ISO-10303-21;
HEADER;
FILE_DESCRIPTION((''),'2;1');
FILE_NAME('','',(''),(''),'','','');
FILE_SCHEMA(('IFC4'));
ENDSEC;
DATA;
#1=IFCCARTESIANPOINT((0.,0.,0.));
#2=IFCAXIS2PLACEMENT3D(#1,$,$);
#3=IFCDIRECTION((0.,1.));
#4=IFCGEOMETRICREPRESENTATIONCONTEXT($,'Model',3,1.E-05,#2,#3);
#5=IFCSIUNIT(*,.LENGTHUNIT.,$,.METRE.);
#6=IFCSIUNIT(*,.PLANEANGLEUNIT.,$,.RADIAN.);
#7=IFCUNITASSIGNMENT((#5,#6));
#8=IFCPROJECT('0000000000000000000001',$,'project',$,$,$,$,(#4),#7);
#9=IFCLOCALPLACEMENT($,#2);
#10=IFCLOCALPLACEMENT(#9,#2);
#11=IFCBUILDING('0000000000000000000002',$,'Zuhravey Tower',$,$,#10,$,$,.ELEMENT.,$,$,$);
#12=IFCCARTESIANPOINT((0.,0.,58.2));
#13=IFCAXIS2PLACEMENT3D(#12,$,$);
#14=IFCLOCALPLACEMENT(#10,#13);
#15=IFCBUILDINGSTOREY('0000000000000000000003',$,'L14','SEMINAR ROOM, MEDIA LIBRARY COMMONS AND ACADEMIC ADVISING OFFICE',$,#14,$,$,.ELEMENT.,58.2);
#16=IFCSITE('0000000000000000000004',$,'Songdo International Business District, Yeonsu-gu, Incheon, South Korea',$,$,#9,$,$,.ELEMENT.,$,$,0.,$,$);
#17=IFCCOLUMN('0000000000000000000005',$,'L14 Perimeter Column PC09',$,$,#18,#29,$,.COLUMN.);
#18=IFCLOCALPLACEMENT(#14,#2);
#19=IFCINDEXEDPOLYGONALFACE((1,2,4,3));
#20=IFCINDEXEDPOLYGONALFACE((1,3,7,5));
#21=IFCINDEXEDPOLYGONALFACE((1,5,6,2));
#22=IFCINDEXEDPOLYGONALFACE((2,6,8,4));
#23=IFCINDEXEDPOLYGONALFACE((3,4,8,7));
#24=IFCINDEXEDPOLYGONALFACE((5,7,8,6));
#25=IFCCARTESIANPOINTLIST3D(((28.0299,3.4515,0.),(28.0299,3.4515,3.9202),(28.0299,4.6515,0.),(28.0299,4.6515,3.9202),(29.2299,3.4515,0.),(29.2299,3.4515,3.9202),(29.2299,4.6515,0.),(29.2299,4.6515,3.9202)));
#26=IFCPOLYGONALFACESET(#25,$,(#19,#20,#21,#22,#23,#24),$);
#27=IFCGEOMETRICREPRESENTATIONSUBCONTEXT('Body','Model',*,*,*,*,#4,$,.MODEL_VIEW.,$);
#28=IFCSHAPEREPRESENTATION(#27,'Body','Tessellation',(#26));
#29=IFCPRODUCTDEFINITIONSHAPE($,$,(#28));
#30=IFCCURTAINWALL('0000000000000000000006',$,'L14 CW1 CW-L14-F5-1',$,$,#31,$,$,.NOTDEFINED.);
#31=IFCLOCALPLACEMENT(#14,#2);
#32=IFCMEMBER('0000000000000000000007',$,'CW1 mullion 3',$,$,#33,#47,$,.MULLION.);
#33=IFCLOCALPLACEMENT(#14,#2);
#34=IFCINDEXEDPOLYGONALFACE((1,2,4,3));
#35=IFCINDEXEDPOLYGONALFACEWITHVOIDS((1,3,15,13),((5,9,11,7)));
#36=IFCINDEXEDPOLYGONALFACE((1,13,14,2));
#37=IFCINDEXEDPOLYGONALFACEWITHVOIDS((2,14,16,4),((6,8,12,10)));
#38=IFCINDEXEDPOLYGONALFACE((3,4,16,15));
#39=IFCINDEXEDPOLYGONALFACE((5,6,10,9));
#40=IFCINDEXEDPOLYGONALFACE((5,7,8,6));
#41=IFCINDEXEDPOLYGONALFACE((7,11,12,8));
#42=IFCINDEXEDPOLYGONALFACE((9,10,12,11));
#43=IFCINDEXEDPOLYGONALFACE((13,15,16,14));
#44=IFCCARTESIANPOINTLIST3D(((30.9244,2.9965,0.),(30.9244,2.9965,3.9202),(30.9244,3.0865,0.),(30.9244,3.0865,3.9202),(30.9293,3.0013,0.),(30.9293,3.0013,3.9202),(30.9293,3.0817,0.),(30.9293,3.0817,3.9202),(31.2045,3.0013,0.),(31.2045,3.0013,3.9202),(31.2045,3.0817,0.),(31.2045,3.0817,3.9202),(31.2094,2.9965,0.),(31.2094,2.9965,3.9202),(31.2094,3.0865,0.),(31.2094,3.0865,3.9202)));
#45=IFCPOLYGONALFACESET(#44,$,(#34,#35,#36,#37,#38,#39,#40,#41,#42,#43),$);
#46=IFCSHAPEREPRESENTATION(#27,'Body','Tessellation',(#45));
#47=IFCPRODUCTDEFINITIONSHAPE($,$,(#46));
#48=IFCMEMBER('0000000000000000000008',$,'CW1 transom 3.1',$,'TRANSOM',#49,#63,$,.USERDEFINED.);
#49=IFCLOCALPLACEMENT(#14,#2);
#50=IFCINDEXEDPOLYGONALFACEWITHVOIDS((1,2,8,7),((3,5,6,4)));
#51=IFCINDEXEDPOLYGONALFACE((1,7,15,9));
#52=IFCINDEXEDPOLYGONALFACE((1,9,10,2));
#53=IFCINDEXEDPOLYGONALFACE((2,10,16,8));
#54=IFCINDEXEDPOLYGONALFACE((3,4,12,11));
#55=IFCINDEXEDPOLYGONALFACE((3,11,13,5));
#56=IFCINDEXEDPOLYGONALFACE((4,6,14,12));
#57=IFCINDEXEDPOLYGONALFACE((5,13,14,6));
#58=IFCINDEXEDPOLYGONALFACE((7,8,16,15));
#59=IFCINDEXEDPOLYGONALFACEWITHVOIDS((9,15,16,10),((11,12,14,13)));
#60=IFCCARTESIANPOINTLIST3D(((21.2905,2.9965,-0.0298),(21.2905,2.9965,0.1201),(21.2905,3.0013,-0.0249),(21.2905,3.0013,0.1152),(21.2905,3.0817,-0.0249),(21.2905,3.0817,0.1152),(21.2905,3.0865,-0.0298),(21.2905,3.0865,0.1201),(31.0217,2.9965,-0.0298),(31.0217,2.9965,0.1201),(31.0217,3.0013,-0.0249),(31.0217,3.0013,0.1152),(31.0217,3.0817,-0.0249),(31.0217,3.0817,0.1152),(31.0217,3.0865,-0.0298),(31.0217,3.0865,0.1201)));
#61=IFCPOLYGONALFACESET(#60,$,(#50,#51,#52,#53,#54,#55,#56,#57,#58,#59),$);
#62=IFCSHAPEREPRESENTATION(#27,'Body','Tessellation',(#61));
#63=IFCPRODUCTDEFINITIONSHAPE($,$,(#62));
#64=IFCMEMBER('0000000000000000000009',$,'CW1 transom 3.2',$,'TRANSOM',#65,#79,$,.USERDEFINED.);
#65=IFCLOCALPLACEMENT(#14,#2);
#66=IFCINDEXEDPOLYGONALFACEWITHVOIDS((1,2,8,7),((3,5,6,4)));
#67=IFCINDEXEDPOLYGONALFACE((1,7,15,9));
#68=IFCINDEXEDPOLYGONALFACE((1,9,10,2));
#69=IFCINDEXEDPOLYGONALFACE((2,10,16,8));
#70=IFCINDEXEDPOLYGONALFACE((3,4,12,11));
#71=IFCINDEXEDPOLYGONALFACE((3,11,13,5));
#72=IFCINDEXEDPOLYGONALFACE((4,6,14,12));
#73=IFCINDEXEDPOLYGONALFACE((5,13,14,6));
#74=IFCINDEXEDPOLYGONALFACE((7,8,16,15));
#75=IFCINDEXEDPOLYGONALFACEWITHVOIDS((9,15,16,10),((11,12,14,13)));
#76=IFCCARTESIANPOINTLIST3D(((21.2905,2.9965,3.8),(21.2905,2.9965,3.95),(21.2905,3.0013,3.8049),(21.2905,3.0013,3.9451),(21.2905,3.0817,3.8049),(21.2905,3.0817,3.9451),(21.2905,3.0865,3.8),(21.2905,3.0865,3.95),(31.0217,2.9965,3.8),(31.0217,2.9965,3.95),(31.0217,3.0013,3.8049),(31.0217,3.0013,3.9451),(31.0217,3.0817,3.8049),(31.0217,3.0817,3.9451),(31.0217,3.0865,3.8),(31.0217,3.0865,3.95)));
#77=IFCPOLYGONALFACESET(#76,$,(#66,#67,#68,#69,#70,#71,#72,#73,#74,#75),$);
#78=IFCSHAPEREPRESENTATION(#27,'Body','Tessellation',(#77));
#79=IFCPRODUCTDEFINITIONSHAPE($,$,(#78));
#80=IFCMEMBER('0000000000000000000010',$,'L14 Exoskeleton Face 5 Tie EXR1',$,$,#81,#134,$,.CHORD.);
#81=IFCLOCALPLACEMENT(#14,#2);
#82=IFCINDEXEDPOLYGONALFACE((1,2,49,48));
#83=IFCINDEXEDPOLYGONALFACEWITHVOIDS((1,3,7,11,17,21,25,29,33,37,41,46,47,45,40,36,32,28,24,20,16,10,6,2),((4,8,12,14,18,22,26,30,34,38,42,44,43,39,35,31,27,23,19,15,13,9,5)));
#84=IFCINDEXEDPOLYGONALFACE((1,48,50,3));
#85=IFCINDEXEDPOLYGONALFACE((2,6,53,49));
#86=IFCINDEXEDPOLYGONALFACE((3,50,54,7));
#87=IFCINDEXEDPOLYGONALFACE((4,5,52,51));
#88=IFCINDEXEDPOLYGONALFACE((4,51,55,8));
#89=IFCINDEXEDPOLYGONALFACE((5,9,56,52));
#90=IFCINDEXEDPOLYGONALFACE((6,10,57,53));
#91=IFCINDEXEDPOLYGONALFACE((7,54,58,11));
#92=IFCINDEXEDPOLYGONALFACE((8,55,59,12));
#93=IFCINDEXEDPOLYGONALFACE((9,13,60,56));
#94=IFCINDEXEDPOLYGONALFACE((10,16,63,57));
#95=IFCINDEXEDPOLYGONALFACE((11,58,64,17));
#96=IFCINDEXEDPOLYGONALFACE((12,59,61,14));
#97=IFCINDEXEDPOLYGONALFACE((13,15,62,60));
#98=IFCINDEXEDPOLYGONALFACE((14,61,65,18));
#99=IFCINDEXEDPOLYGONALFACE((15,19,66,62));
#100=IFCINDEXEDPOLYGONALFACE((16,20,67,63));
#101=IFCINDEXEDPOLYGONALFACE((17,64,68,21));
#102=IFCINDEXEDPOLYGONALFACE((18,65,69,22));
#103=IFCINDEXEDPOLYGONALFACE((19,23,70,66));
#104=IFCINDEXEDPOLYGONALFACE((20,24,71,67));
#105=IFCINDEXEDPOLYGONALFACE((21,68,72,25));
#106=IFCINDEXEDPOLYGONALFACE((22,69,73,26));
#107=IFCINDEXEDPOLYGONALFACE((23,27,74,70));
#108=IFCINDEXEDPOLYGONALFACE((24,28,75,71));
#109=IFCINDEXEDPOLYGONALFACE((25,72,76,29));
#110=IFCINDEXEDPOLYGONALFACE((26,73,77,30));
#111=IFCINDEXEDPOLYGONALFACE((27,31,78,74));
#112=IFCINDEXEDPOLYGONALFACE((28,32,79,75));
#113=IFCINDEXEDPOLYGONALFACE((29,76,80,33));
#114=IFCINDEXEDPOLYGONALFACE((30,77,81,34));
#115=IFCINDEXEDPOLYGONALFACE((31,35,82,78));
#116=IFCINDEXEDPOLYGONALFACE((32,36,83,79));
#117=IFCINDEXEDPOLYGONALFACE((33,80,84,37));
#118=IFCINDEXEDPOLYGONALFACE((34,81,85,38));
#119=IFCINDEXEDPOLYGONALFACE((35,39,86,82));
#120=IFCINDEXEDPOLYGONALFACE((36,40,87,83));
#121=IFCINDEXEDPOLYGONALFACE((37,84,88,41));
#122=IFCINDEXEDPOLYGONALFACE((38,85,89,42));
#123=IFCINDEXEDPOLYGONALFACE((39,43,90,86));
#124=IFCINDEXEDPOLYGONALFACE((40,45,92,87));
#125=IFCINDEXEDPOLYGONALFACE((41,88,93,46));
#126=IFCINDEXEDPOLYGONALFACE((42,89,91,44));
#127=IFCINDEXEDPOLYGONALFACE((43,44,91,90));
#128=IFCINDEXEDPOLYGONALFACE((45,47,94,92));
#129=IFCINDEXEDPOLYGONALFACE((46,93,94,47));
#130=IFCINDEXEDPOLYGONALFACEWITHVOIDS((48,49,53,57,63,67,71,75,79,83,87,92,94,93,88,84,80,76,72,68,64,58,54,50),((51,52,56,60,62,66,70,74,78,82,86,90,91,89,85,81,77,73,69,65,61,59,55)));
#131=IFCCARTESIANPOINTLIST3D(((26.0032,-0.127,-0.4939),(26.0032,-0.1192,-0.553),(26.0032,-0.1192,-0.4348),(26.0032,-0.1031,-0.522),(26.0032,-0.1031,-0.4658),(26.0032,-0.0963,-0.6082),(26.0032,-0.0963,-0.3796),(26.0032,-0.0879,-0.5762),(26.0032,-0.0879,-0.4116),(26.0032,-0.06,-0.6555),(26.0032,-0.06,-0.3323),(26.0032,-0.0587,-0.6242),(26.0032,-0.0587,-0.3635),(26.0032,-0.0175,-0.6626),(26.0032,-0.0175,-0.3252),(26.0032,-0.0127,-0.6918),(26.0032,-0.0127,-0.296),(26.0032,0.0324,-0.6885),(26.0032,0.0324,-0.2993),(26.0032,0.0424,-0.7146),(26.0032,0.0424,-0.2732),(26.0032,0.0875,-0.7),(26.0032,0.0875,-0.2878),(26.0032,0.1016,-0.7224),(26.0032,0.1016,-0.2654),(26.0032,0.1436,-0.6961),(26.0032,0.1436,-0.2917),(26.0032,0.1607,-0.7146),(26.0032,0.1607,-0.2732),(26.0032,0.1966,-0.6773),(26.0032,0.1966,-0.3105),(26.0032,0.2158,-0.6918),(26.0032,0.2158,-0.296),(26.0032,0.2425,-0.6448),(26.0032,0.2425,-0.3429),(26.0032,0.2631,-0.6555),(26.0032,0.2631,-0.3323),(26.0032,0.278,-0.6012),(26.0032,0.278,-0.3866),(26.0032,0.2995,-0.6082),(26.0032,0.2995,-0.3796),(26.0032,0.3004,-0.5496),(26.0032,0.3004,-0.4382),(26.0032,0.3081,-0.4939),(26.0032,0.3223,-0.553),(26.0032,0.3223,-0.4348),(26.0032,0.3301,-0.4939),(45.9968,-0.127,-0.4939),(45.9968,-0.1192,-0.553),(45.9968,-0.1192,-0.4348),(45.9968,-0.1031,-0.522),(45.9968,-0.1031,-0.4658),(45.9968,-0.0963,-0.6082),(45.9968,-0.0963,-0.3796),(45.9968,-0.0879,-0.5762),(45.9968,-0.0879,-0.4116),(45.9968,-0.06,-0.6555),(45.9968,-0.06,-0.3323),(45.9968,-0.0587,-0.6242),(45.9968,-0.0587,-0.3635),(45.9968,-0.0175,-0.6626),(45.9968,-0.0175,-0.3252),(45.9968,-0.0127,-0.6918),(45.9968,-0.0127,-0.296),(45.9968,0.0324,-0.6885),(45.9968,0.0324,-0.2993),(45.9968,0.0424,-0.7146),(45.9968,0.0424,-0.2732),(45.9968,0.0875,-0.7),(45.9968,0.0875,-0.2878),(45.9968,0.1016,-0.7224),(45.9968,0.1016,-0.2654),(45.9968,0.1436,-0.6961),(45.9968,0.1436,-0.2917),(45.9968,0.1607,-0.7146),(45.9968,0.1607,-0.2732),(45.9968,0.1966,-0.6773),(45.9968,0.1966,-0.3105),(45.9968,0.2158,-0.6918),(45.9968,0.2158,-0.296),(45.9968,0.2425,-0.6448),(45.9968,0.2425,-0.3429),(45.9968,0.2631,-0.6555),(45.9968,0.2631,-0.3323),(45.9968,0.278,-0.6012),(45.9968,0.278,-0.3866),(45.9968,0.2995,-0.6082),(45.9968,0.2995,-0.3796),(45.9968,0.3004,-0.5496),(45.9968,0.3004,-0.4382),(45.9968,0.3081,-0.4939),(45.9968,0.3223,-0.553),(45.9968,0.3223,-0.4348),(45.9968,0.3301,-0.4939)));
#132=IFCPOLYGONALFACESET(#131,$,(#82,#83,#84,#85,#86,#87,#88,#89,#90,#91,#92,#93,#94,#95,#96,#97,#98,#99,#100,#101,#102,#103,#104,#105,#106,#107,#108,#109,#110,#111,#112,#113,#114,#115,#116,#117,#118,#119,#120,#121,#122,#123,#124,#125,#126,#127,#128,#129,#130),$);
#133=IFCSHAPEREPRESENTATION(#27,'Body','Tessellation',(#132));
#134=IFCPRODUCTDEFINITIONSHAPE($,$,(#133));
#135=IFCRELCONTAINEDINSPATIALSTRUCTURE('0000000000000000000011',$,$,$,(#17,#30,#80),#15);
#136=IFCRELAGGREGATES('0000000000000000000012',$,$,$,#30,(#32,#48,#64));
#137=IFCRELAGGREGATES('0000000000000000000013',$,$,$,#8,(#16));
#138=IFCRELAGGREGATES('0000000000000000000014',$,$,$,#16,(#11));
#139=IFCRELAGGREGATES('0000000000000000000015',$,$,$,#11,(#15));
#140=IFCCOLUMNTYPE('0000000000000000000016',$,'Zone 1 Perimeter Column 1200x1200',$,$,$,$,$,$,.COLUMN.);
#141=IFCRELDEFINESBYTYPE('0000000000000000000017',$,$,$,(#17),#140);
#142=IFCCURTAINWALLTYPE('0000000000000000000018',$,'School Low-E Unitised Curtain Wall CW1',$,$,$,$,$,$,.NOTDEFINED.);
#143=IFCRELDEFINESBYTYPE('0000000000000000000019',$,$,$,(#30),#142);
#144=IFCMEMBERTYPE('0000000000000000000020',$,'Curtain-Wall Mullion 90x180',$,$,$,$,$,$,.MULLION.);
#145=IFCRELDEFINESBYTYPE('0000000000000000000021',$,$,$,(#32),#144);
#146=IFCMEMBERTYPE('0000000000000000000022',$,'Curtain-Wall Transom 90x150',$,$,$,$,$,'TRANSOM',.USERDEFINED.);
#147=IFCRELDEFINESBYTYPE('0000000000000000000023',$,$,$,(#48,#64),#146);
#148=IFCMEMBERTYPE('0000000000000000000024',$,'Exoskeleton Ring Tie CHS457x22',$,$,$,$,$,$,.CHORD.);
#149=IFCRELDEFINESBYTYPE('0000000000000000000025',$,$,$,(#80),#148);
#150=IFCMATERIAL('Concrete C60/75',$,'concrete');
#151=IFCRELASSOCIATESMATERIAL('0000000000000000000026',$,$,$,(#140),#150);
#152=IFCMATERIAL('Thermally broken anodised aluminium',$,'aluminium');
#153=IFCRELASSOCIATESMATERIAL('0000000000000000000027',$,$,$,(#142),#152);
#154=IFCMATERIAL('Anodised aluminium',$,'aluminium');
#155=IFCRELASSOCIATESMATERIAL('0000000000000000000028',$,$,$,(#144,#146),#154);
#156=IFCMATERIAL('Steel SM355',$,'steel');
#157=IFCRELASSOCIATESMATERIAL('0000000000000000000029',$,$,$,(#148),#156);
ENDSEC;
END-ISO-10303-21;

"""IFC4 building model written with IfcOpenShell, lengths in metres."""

from ifc_helpers import new_model, si_unit, direction, frame, origin, origin_2d, place, context, subcontext, project, spatial, rectangle, hollow_rectangle, hollow_circle, extrude, material, material_profile, profile_set, type_object, element, aggregate, save


model = new_model("IFC4")

# Units and contexts
model_context = context("Model", 3, precision=1e-05, world=origin(), true_north=direction((0.0, 1.0)))
body_context = subcontext(model_context, "Body", "Model", "MODEL_VIEW")
ifc_project = project(units=[si_unit("LENGTHUNIT", "METRE"), si_unit("PLANEANGLEUNIT", "RADIAN")], contexts=[model_context])

# Site, building, storey
site_placement = place(None, origin())
site = spatial("IfcSite", under=ifc_project, at=site_placement, Name="Songdo International Business District, Yeonsu-gu, Incheon, South Korea", CompositionType="ELEMENT", RefElevation=0.0)
building_placement = place(site_placement, origin())
building = spatial("IfcBuilding", under=site, at=building_placement, Name="Zuhravey Tower", CompositionType="ELEMENT")
storey_placement = place(building_placement, frame((0.0, 0.0, 58.2)))
storey = spatial("IfcBuildingStorey", under=building, at=storey_placement, Name="L14", Description="SEMINAR ROOM, MEDIA LIBRARY COMMONS AND ACADEMIC ADVISING OFFICE", CompositionType="ELEMENT", Elevation=58.2)

# Column
ifc_material_1 = material(Name="Concrete C60/75", Category="concrete")
ifc_material_profile_1 = material_profile(ifc_material_1, rectangle(XDim=1.2, YDim=1.2, at=origin_2d()), Name="RC-1200x1200")
ifc_profile_set_1 = profile_set([ifc_material_profile_1], Name="Concrete C60/75")
column_type = type_object("IfcColumnType", Name="Zone 1 Perimeter Column 1200x1200", PredefinedType="COLUMN", material=ifc_profile_set_1)
column_placement = place(storey_placement, frame((28.6299, 4.0515, 0.0), z_axis=(0.0, 0.0, 1.0), x_axis=(1.0, 0.0, 0.0)))
element("IfcColumn", 1, at=column_placement, inside=storey, type_object=column_type, Name="L14 Perimeter Column PC09", PredefinedType="COLUMN", context=body_context, shape_type="SweptSolid", body=[
    extrude(rectangle(XDim=1.2, YDim=1.2, at=origin_2d()), origin(), (0.0, 0.0, 1.0), 3.9202),
])

# Curtain wall, members
ifc_material_2 = material(Name="Thermally broken anodised aluminium", Category="aluminium")
curtain_wall_type = type_object("IfcCurtainWallType", Name="School Low-E Unitised Curtain Wall CW1", PredefinedType="NOTDEFINED", material=ifc_material_2)
curtain_wall_placement = place(storey_placement, origin())
curtain_wall = element("IfcCurtainWall", 2, at=curtain_wall_placement, inside=storey, type_object=curtain_wall_type, Name="L14 CW1 CW-L14-F5-1", PredefinedType="NOTDEFINED")
ifc_material_3 = material(Name="Anodised aluminium", Category="aluminium")
ifc_material_profile_2 = material_profile(ifc_material_3, hollow_rectangle(XDim=0.0901, YDim=0.2849, WallThickness=0.0049, at=origin_2d()), Name="ALU-RHS-90x285x5")
ifc_profile_set_2 = profile_set([ifc_material_profile_2], Name="Anodised aluminium")
member_type_1 = type_object("IfcMemberType", Name="Curtain-Wall Mullion 90x180", PredefinedType="MULLION", material=ifc_profile_set_2)
member_1_placement = place(storey_placement, frame((31.0669, 3.0415, 0.0), z_axis=(0.0, 0.0, 1.0), x_axis=(0.0, -1.0, 0.0)))
member_1 = element("IfcMember", 3, at=member_1_placement, type_object=member_type_1, Name="CW1 mullion 3", PredefinedType="MULLION", context=body_context, shape_type="SweptSolid", body=[
    extrude(hollow_rectangle(XDim=0.0901, YDim=0.2849, WallThickness=0.0049, at=origin_2d()), origin(), (0.0, 0.0, 1.0), 3.9202),
])
ifc_material_profile_3 = material_profile(ifc_material_3, hollow_rectangle(XDim=0.0901, YDim=0.1499, WallThickness=0.0049, at=origin_2d()), Name="ALU-RHS-90x150x5")
ifc_profile_set_3 = profile_set([ifc_material_profile_3], Name="Anodised aluminium")
member_type_2 = type_object("IfcMemberType", Name="Curtain-Wall Transom 90x150", ElementType="TRANSOM", PredefinedType="USERDEFINED", material=ifc_profile_set_3)
member_2_placement = place(storey_placement, frame((31.0217, 3.0415, 0.0452), z_axis=(-1.0, 0.0, 0.0), x_axis=(0.0, -1.0, 0.0)))
member_2 = element("IfcMember", 4, at=member_2_placement, type_object=member_type_2, Name="CW1 transom 3.1", ObjectType="TRANSOM", PredefinedType="USERDEFINED", context=body_context, shape_type="SweptSolid", body=[
    extrude(hollow_rectangle(XDim=0.0901, YDim=0.1499, WallThickness=0.0049, at=origin_2d()), origin(), (0.0, 0.0, 1.0), 9.7312),
])
member_3_placement = place(storey_placement, frame((31.0217, 3.0415, 3.875), z_axis=(-1.0, 0.0, 0.0), x_axis=(0.0, -1.0, 0.0)))
member_3 = element("IfcMember", 5, at=member_3_placement, type_object=member_type_2, Name="CW1 transom 3.2", ObjectType="TRANSOM", PredefinedType="USERDEFINED", context=body_context, shape_type="SweptSolid", body=[
    extrude(hollow_rectangle(XDim=0.0901, YDim=0.1499, WallThickness=0.0049, at=origin_2d()), origin(), (0.0, 0.0, 1.0), 9.7312),
])

# Member
ifc_material_4 = material(Name="Steel SM355", Category="steel")
ifc_material_profile_4 = material_profile(ifc_material_4, hollow_circle(Radius=0.2285, WallThickness=0.022, at=origin_2d()), Name="CHS-457.2x22")
ifc_profile_set_4 = profile_set([ifc_material_profile_4], Name="Steel SM355")
member_type_3 = type_object("IfcMemberType", Name="Exoskeleton Ring Tie CHS457x22", PredefinedType="CHORD", material=ifc_profile_set_4)
member_4_placement = place(storey_placement, frame((26.0032, 0.1016, -0.4939), z_axis=(1.0, 0.0, 0.0), x_axis=(0.0, 1.0, 0.0)))
element("IfcMember", 6, at=member_4_placement, inside=storey, type_object=member_type_3, Name="L14 Exoskeleton Face 5 Tie EXR1", PredefinedType="CHORD", context=body_context, shape_type="SweptSolid", body=[
    extrude(hollow_circle(Radius=0.2285, WallThickness=0.022, at=origin_2d()), origin(), (0.0, 0.0, 1.0), 19.9937),
])

aggregate(curtain_wall, [member_1, member_2, member_3])

save(model, "model.ifc")
